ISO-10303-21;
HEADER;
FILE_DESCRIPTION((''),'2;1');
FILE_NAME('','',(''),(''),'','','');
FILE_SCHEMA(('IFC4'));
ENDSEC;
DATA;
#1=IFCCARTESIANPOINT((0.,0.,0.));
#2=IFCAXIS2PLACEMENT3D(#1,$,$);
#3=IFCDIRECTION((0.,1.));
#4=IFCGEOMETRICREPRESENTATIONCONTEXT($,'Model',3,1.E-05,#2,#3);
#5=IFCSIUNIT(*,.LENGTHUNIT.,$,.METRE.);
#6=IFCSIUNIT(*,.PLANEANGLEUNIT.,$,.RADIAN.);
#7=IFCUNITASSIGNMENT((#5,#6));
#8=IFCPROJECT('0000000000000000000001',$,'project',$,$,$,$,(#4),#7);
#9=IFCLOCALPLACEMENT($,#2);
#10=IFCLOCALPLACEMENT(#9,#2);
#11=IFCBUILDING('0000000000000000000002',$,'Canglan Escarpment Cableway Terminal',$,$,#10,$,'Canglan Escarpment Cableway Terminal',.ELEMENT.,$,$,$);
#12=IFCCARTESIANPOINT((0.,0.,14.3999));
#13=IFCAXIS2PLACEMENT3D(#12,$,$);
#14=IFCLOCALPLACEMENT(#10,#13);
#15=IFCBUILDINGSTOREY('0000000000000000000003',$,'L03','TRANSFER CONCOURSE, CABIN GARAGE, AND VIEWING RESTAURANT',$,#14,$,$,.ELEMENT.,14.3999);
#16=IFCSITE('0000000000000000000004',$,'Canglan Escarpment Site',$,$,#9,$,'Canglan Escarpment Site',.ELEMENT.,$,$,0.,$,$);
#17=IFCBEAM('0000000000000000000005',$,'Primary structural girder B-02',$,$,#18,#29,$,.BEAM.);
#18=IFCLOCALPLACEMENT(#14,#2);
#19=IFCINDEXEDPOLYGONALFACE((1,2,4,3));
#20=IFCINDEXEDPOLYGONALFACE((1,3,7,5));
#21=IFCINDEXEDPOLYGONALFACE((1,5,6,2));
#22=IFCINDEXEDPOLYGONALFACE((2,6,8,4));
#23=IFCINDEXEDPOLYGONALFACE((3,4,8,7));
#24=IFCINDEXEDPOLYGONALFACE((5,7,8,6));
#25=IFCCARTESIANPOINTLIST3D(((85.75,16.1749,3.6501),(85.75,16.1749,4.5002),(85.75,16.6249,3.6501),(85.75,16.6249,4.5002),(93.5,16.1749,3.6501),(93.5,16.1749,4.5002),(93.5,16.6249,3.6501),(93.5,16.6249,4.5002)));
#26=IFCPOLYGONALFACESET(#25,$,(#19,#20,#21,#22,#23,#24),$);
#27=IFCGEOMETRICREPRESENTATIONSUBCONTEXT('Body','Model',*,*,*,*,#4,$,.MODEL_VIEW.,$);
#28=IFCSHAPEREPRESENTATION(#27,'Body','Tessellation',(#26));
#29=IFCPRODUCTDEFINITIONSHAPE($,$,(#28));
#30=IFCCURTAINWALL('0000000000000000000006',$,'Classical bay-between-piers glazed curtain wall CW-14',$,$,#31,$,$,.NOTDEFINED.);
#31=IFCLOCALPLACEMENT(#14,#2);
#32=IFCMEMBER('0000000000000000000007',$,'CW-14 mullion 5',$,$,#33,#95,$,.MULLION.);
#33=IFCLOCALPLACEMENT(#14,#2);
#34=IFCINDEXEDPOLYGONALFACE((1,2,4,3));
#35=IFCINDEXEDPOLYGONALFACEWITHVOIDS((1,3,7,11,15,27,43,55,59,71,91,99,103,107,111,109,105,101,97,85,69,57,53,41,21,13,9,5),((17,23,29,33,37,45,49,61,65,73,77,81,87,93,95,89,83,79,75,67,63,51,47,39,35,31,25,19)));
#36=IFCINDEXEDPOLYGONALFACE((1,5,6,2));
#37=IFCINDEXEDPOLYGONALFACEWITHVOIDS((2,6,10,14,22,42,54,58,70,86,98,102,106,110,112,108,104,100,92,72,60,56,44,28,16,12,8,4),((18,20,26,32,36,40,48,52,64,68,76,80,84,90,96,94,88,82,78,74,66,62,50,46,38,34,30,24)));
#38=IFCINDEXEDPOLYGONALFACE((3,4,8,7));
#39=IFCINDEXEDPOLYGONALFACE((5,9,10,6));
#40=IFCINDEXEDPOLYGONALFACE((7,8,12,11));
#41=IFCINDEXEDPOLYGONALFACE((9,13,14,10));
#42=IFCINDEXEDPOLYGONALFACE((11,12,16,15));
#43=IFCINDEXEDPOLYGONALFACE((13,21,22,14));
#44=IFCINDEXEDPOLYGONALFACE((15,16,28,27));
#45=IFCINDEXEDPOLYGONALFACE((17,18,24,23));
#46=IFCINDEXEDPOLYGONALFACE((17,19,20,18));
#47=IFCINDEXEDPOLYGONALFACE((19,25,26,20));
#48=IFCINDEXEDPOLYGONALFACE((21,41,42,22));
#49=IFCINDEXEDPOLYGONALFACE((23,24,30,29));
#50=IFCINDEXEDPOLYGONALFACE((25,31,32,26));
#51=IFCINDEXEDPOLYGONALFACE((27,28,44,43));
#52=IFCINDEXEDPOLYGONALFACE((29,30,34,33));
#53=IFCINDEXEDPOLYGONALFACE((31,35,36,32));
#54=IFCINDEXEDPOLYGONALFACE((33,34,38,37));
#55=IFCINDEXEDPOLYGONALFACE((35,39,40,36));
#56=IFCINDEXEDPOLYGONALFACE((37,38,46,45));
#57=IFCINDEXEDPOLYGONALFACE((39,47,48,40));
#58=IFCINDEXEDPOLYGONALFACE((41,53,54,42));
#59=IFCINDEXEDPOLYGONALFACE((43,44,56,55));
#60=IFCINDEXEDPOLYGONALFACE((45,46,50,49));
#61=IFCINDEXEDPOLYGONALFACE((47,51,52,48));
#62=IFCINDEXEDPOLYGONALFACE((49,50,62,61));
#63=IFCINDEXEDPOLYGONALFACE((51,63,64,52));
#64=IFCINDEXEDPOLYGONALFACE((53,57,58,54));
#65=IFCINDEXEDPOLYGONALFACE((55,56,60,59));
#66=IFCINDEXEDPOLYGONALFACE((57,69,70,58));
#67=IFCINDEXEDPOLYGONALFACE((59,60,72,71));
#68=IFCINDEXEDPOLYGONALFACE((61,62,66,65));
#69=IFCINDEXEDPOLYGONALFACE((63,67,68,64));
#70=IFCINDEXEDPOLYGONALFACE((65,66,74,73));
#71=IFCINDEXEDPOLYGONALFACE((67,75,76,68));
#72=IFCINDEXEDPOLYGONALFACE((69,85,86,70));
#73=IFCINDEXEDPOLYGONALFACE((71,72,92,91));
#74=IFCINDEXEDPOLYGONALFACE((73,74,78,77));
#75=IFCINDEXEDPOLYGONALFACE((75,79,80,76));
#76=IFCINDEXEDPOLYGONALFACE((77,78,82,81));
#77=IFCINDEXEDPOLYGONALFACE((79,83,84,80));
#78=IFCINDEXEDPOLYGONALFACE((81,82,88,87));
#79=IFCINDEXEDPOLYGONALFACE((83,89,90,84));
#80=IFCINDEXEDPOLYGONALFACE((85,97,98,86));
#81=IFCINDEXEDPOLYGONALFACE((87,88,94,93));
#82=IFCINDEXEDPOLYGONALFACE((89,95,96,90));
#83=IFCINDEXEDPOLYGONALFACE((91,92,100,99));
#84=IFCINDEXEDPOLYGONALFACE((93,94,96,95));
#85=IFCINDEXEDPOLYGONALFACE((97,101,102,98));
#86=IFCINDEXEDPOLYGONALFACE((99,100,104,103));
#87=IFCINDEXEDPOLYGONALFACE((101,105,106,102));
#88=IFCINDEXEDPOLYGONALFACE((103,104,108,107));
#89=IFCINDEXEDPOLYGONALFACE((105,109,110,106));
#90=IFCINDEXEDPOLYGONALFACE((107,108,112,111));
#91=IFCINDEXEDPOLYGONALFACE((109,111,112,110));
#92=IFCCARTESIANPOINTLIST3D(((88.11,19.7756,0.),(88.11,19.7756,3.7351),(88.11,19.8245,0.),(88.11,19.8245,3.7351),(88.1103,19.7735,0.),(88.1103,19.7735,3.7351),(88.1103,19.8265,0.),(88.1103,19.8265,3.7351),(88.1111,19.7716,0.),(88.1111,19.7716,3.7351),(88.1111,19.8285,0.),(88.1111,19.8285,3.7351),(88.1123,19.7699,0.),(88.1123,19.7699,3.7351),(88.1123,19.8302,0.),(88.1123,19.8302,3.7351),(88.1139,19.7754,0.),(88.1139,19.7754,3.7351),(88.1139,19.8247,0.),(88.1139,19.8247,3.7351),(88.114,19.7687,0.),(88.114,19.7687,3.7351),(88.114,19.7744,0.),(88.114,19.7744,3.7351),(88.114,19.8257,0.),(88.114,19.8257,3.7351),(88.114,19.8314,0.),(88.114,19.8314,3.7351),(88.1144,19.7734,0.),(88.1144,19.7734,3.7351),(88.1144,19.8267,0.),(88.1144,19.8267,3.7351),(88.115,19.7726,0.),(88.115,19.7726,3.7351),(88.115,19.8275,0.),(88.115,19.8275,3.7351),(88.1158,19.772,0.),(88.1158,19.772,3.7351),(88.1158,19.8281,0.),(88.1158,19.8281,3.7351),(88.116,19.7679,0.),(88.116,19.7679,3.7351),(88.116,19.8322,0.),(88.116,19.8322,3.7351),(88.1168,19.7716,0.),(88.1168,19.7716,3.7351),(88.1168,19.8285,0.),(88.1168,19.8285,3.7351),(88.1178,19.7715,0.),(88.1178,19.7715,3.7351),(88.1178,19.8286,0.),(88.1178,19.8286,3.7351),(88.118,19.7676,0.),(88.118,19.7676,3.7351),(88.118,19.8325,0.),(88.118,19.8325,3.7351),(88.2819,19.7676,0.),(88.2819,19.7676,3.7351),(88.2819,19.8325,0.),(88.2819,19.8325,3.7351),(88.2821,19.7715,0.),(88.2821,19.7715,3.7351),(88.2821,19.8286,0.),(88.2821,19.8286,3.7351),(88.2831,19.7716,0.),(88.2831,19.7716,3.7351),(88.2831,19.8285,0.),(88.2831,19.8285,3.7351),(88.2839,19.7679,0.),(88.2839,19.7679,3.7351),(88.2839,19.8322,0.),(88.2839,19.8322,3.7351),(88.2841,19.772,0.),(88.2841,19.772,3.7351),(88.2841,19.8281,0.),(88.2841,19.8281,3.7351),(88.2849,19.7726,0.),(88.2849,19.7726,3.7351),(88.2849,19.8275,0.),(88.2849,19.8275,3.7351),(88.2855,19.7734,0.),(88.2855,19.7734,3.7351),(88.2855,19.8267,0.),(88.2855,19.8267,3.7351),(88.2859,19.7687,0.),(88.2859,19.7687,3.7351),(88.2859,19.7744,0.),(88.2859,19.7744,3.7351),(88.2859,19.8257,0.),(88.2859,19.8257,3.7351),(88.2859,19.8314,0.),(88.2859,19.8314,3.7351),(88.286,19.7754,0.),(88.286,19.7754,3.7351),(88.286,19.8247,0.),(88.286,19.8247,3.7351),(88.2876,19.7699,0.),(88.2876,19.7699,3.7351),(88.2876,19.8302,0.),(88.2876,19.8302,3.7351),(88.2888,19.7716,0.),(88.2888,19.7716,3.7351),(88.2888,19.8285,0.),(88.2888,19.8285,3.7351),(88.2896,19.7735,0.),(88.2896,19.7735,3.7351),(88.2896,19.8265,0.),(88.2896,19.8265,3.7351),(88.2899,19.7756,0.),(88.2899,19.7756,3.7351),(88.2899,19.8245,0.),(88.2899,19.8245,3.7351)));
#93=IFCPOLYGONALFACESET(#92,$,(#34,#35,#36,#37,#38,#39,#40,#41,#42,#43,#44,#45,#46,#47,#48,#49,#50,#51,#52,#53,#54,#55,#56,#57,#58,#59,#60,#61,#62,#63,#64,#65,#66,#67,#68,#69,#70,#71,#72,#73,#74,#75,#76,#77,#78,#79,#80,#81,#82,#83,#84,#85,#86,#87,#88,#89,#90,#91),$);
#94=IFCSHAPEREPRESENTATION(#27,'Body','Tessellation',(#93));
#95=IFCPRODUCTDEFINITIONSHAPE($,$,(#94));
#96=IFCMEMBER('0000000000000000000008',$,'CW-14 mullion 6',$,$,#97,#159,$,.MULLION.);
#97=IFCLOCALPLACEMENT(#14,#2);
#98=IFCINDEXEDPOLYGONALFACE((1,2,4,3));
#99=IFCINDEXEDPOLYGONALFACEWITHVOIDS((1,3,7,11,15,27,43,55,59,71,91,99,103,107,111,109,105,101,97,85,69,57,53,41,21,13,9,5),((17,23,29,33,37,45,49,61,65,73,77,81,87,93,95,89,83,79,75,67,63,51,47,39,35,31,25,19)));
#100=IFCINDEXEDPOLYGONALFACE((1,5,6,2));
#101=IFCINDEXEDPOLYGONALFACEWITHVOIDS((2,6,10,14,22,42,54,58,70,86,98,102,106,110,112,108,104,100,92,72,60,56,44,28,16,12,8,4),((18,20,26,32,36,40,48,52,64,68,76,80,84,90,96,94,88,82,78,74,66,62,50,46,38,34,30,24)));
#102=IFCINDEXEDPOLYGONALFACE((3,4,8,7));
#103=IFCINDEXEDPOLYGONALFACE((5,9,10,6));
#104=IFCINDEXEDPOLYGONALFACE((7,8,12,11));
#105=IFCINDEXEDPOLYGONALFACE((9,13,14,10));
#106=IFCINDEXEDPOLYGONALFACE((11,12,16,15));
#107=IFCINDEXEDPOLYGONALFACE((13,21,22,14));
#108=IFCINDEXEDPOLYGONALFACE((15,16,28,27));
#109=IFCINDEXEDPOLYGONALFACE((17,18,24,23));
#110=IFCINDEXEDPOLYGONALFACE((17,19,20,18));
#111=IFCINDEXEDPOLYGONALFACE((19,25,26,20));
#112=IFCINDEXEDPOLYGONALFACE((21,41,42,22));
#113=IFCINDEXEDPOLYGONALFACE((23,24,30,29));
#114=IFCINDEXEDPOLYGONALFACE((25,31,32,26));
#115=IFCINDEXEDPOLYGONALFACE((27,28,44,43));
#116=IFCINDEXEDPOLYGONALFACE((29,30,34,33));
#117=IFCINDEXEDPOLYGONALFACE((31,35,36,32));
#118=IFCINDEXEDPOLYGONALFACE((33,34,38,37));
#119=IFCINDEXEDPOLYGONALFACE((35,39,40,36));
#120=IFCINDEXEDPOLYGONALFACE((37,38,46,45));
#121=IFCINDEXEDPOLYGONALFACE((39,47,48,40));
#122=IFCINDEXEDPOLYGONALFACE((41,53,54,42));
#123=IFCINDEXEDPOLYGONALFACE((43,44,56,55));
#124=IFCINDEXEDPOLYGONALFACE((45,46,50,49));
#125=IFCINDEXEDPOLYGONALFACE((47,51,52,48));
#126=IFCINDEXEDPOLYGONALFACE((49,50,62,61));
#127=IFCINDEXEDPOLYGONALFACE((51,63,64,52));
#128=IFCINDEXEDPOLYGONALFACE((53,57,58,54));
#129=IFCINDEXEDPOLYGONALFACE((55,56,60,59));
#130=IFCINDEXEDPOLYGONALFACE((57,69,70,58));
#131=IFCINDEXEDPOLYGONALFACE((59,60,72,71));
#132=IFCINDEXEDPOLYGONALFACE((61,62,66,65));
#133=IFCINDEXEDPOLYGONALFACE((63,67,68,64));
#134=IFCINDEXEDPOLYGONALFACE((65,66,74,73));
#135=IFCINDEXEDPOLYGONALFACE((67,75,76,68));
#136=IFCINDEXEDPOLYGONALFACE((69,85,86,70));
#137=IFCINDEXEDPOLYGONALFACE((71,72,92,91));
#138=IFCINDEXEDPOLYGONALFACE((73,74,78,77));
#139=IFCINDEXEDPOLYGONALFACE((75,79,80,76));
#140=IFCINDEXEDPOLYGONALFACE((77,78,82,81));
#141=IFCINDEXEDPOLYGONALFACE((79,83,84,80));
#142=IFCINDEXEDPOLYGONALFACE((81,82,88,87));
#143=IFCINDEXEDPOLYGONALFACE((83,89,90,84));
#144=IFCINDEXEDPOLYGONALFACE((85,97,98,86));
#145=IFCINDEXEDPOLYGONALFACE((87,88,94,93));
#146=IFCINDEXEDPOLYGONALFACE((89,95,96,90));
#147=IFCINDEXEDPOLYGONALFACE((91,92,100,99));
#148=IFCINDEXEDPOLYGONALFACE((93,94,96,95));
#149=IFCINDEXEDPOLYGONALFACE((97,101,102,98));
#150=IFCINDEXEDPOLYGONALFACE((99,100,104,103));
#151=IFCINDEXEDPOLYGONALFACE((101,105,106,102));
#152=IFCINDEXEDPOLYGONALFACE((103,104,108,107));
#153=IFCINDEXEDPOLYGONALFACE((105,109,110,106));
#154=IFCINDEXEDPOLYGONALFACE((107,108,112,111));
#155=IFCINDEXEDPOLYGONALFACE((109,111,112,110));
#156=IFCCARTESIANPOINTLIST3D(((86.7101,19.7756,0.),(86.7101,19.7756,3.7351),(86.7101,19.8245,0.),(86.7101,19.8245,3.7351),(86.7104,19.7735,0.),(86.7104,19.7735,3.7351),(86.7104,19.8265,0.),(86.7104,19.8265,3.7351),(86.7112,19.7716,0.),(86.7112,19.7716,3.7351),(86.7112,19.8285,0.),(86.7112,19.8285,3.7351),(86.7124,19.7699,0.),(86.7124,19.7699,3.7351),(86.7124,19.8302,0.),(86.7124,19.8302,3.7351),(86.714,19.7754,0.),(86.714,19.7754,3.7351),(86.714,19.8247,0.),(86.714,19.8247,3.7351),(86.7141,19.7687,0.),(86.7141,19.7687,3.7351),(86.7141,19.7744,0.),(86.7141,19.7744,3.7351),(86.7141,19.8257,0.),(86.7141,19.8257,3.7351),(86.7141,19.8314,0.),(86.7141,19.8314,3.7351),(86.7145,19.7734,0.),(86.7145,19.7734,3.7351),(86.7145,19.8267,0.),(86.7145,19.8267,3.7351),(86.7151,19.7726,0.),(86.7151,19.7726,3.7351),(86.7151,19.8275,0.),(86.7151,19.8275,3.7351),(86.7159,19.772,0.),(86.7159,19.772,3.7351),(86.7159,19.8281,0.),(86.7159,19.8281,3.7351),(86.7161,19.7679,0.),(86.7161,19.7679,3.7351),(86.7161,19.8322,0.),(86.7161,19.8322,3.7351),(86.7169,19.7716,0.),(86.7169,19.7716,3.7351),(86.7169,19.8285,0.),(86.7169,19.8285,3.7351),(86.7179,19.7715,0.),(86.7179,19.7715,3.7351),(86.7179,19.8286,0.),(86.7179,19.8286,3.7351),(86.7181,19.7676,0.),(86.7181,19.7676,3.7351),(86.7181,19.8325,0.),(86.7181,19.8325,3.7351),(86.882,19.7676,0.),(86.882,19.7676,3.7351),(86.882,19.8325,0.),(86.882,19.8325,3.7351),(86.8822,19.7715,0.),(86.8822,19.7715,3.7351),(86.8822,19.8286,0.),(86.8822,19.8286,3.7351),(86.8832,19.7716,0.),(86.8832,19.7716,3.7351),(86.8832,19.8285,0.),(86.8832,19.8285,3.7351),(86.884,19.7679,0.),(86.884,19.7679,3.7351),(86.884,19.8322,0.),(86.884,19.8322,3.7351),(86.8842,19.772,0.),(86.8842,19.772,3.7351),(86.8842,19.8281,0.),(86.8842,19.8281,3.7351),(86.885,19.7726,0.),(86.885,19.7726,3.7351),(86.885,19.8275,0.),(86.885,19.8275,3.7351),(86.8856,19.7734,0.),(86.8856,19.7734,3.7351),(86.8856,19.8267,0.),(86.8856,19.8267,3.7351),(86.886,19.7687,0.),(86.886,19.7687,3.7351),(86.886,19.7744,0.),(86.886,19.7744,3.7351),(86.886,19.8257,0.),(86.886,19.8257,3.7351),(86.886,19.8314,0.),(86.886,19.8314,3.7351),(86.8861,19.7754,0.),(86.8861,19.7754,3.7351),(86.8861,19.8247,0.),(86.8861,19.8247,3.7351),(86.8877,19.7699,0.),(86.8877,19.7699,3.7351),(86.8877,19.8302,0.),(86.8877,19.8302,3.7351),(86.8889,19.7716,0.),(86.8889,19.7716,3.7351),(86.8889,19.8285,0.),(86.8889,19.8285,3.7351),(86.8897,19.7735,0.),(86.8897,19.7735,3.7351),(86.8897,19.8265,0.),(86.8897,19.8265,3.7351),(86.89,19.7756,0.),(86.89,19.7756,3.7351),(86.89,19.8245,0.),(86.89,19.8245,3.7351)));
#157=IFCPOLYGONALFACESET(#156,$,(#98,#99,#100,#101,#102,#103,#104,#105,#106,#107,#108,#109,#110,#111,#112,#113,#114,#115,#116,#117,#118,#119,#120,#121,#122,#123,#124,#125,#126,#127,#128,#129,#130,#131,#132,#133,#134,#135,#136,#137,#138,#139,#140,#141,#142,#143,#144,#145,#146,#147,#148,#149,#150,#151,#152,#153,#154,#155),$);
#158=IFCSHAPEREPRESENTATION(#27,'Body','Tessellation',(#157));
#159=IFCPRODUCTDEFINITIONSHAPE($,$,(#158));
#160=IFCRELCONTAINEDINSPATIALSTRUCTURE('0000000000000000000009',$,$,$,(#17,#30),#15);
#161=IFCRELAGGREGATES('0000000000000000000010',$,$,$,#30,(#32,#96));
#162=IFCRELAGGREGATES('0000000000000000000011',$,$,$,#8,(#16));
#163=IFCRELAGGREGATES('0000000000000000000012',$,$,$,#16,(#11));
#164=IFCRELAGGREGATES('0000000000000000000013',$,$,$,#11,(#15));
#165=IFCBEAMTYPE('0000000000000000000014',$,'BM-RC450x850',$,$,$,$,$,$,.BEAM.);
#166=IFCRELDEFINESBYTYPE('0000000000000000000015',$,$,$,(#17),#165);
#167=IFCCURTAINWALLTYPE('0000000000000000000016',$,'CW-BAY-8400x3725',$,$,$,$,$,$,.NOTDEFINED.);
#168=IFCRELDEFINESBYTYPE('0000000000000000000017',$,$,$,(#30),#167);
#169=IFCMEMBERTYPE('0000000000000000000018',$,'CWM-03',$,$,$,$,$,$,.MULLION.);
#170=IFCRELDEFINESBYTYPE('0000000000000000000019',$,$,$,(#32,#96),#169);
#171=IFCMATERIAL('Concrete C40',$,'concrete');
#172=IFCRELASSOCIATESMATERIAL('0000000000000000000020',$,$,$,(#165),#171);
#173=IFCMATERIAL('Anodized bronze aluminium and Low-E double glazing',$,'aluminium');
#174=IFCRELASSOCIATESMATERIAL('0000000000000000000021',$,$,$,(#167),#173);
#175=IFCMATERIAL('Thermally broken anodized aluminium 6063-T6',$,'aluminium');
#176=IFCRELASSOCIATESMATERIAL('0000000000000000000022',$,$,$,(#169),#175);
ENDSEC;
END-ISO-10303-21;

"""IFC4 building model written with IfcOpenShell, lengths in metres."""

from ifc_helpers import new_model, si_unit, direction, frame, origin, origin_2d, place, context, subcontext, project, spatial, rectangle, hollow_rectangle, extrude, material, material_profile, profile_set, type_object, element, aggregate, save


model = new_model("IFC4")

# Units and contexts
model_context = context("Model", 3, precision=1e-05, world=origin(), true_north=direction((0.0, 1.0)))
body_context = subcontext(model_context, "Body", "Model", "MODEL_VIEW")
ifc_project = project(units=[si_unit("LENGTHUNIT", "METRE"), si_unit("PLANEANGLEUNIT", "RADIAN")], contexts=[model_context])

# Site, building, storey
site_placement = place(None, origin())
site = spatial("IfcSite", under=ifc_project, at=site_placement, Name="Canglan Escarpment Site", LongName="Canglan Escarpment Site", CompositionType="ELEMENT", RefElevation=0.0)
building_placement = place(site_placement, origin())
building = spatial("IfcBuilding", under=site, at=building_placement, Name="Canglan Escarpment Cableway Terminal", LongName="Canglan Escarpment Cableway Terminal", CompositionType="ELEMENT")
storey_placement = place(building_placement, frame((0.0, 0.0, 14.3999)))
storey = spatial("IfcBuildingStorey", under=building, at=storey_placement, Name="L03", Description="TRANSFER CONCOURSE, CABIN GARAGE, AND VIEWING RESTAURANT", CompositionType="ELEMENT", Elevation=14.3999)

# Beam
ifc_material_1 = material(Name="Concrete C40", Category="concrete")
ifc_material_profile_1 = material_profile(ifc_material_1, rectangle(XDim=0.45, YDim=0.8501, at=origin_2d()), Name="RC 450x850")
ifc_profile_set_1 = profile_set([ifc_material_profile_1], Name="Concrete C40")
beam_type_1 = type_object("IfcBeamType", Name="BM-RC450x850", PredefinedType="BEAM", material=ifc_profile_set_1)
beam_1_placement = place(storey_placement, frame((85.75, 16.3999, 4.0752), z_axis=(1.0, 0.0, 0.0), x_axis=(0.0, 1.0, 0.0)))
element("IfcBeam", 1, at=beam_1_placement, inside=storey, type_object=beam_type_1, Name="Primary structural girder B-02", PredefinedType="BEAM", context=body_context, shape_type="SweptSolid", body=[
    extrude(rectangle(XDim=0.45, YDim=0.8501, at=origin_2d()), origin(), (0.0, 0.0, 1.0), 7.75),
])

# Curtain wall, members
ifc_material_2 = material(Name="Anodized bronze aluminium and Low-E double glazing", Category="aluminium")
curtain_wall_type = type_object("IfcCurtainWallType", Name="CW-BAY-8400x3725", PredefinedType="NOTDEFINED", material=ifc_material_2)
curtain_wall_placement = place(storey_placement, origin())
curtain_wall = element("IfcCurtainWall", 2, at=curtain_wall_placement, inside=storey, type_object=curtain_wall_type, Name="Classical bay-between-piers glazed curtain wall CW-14", PredefinedType="NOTDEFINED")
ifc_material_3 = material(Name="Thermally broken anodized aluminium 6063-T6", Category="aluminium")
ifc_material_profile_2 = material_profile(ifc_material_3, hollow_rectangle(XDim=0.0649, YDim=0.1799, WallThickness=0.0039, InnerFilletRadius=0.0039, OuterFilletRadius=0.0081, at=origin_2d()), Name="ALU-MULL 65x180x4")
ifc_profile_set_2 = profile_set([ifc_material_profile_2], Name="Thermally broken anodized aluminium 6063-T6")
member_type_1 = type_object("IfcMemberType", Name="CWM-03", PredefinedType="MULLION", material=ifc_profile_set_2)
member_1_placement = place(storey_placement, frame((88.2, 19.8, 0.0), z_axis=(0.0, 0.0, 1.0), x_axis=(0.0, -1.0, 0.0)))
member_1 = element("IfcMember", 3, at=member_1_placement, type_object=member_type_1, Name="CW-14 mullion 5", PredefinedType="MULLION", context=body_context, shape_type="SweptSolid", body=[
    extrude(hollow_rectangle(XDim=0.0649, YDim=0.1799, WallThickness=0.0039, InnerFilletRadius=0.0039, OuterFilletRadius=0.0081, at=origin_2d()), origin(), (0.0, 0.0, 1.0), 3.7351),
])
member_2_placement = place(storey_placement, frame((86.8, 19.8, 0.0), z_axis=(0.0, 0.0, 1.0), x_axis=(0.0, -1.0, 0.0)))
member_2 = element("IfcMember", 4, at=member_2_placement, type_object=member_type_1, Name="CW-14 mullion 6", PredefinedType="MULLION", context=body_context, shape_type="SweptSolid", body=[
    extrude(hollow_rectangle(XDim=0.0649, YDim=0.1799, WallThickness=0.0039, InnerFilletRadius=0.0039, OuterFilletRadius=0.0081, at=origin_2d()), origin(), (0.0, 0.0, 1.0), 3.7351),
])

aggregate(curtain_wall, [member_1, member_2])

save(model, "model.ifc")
